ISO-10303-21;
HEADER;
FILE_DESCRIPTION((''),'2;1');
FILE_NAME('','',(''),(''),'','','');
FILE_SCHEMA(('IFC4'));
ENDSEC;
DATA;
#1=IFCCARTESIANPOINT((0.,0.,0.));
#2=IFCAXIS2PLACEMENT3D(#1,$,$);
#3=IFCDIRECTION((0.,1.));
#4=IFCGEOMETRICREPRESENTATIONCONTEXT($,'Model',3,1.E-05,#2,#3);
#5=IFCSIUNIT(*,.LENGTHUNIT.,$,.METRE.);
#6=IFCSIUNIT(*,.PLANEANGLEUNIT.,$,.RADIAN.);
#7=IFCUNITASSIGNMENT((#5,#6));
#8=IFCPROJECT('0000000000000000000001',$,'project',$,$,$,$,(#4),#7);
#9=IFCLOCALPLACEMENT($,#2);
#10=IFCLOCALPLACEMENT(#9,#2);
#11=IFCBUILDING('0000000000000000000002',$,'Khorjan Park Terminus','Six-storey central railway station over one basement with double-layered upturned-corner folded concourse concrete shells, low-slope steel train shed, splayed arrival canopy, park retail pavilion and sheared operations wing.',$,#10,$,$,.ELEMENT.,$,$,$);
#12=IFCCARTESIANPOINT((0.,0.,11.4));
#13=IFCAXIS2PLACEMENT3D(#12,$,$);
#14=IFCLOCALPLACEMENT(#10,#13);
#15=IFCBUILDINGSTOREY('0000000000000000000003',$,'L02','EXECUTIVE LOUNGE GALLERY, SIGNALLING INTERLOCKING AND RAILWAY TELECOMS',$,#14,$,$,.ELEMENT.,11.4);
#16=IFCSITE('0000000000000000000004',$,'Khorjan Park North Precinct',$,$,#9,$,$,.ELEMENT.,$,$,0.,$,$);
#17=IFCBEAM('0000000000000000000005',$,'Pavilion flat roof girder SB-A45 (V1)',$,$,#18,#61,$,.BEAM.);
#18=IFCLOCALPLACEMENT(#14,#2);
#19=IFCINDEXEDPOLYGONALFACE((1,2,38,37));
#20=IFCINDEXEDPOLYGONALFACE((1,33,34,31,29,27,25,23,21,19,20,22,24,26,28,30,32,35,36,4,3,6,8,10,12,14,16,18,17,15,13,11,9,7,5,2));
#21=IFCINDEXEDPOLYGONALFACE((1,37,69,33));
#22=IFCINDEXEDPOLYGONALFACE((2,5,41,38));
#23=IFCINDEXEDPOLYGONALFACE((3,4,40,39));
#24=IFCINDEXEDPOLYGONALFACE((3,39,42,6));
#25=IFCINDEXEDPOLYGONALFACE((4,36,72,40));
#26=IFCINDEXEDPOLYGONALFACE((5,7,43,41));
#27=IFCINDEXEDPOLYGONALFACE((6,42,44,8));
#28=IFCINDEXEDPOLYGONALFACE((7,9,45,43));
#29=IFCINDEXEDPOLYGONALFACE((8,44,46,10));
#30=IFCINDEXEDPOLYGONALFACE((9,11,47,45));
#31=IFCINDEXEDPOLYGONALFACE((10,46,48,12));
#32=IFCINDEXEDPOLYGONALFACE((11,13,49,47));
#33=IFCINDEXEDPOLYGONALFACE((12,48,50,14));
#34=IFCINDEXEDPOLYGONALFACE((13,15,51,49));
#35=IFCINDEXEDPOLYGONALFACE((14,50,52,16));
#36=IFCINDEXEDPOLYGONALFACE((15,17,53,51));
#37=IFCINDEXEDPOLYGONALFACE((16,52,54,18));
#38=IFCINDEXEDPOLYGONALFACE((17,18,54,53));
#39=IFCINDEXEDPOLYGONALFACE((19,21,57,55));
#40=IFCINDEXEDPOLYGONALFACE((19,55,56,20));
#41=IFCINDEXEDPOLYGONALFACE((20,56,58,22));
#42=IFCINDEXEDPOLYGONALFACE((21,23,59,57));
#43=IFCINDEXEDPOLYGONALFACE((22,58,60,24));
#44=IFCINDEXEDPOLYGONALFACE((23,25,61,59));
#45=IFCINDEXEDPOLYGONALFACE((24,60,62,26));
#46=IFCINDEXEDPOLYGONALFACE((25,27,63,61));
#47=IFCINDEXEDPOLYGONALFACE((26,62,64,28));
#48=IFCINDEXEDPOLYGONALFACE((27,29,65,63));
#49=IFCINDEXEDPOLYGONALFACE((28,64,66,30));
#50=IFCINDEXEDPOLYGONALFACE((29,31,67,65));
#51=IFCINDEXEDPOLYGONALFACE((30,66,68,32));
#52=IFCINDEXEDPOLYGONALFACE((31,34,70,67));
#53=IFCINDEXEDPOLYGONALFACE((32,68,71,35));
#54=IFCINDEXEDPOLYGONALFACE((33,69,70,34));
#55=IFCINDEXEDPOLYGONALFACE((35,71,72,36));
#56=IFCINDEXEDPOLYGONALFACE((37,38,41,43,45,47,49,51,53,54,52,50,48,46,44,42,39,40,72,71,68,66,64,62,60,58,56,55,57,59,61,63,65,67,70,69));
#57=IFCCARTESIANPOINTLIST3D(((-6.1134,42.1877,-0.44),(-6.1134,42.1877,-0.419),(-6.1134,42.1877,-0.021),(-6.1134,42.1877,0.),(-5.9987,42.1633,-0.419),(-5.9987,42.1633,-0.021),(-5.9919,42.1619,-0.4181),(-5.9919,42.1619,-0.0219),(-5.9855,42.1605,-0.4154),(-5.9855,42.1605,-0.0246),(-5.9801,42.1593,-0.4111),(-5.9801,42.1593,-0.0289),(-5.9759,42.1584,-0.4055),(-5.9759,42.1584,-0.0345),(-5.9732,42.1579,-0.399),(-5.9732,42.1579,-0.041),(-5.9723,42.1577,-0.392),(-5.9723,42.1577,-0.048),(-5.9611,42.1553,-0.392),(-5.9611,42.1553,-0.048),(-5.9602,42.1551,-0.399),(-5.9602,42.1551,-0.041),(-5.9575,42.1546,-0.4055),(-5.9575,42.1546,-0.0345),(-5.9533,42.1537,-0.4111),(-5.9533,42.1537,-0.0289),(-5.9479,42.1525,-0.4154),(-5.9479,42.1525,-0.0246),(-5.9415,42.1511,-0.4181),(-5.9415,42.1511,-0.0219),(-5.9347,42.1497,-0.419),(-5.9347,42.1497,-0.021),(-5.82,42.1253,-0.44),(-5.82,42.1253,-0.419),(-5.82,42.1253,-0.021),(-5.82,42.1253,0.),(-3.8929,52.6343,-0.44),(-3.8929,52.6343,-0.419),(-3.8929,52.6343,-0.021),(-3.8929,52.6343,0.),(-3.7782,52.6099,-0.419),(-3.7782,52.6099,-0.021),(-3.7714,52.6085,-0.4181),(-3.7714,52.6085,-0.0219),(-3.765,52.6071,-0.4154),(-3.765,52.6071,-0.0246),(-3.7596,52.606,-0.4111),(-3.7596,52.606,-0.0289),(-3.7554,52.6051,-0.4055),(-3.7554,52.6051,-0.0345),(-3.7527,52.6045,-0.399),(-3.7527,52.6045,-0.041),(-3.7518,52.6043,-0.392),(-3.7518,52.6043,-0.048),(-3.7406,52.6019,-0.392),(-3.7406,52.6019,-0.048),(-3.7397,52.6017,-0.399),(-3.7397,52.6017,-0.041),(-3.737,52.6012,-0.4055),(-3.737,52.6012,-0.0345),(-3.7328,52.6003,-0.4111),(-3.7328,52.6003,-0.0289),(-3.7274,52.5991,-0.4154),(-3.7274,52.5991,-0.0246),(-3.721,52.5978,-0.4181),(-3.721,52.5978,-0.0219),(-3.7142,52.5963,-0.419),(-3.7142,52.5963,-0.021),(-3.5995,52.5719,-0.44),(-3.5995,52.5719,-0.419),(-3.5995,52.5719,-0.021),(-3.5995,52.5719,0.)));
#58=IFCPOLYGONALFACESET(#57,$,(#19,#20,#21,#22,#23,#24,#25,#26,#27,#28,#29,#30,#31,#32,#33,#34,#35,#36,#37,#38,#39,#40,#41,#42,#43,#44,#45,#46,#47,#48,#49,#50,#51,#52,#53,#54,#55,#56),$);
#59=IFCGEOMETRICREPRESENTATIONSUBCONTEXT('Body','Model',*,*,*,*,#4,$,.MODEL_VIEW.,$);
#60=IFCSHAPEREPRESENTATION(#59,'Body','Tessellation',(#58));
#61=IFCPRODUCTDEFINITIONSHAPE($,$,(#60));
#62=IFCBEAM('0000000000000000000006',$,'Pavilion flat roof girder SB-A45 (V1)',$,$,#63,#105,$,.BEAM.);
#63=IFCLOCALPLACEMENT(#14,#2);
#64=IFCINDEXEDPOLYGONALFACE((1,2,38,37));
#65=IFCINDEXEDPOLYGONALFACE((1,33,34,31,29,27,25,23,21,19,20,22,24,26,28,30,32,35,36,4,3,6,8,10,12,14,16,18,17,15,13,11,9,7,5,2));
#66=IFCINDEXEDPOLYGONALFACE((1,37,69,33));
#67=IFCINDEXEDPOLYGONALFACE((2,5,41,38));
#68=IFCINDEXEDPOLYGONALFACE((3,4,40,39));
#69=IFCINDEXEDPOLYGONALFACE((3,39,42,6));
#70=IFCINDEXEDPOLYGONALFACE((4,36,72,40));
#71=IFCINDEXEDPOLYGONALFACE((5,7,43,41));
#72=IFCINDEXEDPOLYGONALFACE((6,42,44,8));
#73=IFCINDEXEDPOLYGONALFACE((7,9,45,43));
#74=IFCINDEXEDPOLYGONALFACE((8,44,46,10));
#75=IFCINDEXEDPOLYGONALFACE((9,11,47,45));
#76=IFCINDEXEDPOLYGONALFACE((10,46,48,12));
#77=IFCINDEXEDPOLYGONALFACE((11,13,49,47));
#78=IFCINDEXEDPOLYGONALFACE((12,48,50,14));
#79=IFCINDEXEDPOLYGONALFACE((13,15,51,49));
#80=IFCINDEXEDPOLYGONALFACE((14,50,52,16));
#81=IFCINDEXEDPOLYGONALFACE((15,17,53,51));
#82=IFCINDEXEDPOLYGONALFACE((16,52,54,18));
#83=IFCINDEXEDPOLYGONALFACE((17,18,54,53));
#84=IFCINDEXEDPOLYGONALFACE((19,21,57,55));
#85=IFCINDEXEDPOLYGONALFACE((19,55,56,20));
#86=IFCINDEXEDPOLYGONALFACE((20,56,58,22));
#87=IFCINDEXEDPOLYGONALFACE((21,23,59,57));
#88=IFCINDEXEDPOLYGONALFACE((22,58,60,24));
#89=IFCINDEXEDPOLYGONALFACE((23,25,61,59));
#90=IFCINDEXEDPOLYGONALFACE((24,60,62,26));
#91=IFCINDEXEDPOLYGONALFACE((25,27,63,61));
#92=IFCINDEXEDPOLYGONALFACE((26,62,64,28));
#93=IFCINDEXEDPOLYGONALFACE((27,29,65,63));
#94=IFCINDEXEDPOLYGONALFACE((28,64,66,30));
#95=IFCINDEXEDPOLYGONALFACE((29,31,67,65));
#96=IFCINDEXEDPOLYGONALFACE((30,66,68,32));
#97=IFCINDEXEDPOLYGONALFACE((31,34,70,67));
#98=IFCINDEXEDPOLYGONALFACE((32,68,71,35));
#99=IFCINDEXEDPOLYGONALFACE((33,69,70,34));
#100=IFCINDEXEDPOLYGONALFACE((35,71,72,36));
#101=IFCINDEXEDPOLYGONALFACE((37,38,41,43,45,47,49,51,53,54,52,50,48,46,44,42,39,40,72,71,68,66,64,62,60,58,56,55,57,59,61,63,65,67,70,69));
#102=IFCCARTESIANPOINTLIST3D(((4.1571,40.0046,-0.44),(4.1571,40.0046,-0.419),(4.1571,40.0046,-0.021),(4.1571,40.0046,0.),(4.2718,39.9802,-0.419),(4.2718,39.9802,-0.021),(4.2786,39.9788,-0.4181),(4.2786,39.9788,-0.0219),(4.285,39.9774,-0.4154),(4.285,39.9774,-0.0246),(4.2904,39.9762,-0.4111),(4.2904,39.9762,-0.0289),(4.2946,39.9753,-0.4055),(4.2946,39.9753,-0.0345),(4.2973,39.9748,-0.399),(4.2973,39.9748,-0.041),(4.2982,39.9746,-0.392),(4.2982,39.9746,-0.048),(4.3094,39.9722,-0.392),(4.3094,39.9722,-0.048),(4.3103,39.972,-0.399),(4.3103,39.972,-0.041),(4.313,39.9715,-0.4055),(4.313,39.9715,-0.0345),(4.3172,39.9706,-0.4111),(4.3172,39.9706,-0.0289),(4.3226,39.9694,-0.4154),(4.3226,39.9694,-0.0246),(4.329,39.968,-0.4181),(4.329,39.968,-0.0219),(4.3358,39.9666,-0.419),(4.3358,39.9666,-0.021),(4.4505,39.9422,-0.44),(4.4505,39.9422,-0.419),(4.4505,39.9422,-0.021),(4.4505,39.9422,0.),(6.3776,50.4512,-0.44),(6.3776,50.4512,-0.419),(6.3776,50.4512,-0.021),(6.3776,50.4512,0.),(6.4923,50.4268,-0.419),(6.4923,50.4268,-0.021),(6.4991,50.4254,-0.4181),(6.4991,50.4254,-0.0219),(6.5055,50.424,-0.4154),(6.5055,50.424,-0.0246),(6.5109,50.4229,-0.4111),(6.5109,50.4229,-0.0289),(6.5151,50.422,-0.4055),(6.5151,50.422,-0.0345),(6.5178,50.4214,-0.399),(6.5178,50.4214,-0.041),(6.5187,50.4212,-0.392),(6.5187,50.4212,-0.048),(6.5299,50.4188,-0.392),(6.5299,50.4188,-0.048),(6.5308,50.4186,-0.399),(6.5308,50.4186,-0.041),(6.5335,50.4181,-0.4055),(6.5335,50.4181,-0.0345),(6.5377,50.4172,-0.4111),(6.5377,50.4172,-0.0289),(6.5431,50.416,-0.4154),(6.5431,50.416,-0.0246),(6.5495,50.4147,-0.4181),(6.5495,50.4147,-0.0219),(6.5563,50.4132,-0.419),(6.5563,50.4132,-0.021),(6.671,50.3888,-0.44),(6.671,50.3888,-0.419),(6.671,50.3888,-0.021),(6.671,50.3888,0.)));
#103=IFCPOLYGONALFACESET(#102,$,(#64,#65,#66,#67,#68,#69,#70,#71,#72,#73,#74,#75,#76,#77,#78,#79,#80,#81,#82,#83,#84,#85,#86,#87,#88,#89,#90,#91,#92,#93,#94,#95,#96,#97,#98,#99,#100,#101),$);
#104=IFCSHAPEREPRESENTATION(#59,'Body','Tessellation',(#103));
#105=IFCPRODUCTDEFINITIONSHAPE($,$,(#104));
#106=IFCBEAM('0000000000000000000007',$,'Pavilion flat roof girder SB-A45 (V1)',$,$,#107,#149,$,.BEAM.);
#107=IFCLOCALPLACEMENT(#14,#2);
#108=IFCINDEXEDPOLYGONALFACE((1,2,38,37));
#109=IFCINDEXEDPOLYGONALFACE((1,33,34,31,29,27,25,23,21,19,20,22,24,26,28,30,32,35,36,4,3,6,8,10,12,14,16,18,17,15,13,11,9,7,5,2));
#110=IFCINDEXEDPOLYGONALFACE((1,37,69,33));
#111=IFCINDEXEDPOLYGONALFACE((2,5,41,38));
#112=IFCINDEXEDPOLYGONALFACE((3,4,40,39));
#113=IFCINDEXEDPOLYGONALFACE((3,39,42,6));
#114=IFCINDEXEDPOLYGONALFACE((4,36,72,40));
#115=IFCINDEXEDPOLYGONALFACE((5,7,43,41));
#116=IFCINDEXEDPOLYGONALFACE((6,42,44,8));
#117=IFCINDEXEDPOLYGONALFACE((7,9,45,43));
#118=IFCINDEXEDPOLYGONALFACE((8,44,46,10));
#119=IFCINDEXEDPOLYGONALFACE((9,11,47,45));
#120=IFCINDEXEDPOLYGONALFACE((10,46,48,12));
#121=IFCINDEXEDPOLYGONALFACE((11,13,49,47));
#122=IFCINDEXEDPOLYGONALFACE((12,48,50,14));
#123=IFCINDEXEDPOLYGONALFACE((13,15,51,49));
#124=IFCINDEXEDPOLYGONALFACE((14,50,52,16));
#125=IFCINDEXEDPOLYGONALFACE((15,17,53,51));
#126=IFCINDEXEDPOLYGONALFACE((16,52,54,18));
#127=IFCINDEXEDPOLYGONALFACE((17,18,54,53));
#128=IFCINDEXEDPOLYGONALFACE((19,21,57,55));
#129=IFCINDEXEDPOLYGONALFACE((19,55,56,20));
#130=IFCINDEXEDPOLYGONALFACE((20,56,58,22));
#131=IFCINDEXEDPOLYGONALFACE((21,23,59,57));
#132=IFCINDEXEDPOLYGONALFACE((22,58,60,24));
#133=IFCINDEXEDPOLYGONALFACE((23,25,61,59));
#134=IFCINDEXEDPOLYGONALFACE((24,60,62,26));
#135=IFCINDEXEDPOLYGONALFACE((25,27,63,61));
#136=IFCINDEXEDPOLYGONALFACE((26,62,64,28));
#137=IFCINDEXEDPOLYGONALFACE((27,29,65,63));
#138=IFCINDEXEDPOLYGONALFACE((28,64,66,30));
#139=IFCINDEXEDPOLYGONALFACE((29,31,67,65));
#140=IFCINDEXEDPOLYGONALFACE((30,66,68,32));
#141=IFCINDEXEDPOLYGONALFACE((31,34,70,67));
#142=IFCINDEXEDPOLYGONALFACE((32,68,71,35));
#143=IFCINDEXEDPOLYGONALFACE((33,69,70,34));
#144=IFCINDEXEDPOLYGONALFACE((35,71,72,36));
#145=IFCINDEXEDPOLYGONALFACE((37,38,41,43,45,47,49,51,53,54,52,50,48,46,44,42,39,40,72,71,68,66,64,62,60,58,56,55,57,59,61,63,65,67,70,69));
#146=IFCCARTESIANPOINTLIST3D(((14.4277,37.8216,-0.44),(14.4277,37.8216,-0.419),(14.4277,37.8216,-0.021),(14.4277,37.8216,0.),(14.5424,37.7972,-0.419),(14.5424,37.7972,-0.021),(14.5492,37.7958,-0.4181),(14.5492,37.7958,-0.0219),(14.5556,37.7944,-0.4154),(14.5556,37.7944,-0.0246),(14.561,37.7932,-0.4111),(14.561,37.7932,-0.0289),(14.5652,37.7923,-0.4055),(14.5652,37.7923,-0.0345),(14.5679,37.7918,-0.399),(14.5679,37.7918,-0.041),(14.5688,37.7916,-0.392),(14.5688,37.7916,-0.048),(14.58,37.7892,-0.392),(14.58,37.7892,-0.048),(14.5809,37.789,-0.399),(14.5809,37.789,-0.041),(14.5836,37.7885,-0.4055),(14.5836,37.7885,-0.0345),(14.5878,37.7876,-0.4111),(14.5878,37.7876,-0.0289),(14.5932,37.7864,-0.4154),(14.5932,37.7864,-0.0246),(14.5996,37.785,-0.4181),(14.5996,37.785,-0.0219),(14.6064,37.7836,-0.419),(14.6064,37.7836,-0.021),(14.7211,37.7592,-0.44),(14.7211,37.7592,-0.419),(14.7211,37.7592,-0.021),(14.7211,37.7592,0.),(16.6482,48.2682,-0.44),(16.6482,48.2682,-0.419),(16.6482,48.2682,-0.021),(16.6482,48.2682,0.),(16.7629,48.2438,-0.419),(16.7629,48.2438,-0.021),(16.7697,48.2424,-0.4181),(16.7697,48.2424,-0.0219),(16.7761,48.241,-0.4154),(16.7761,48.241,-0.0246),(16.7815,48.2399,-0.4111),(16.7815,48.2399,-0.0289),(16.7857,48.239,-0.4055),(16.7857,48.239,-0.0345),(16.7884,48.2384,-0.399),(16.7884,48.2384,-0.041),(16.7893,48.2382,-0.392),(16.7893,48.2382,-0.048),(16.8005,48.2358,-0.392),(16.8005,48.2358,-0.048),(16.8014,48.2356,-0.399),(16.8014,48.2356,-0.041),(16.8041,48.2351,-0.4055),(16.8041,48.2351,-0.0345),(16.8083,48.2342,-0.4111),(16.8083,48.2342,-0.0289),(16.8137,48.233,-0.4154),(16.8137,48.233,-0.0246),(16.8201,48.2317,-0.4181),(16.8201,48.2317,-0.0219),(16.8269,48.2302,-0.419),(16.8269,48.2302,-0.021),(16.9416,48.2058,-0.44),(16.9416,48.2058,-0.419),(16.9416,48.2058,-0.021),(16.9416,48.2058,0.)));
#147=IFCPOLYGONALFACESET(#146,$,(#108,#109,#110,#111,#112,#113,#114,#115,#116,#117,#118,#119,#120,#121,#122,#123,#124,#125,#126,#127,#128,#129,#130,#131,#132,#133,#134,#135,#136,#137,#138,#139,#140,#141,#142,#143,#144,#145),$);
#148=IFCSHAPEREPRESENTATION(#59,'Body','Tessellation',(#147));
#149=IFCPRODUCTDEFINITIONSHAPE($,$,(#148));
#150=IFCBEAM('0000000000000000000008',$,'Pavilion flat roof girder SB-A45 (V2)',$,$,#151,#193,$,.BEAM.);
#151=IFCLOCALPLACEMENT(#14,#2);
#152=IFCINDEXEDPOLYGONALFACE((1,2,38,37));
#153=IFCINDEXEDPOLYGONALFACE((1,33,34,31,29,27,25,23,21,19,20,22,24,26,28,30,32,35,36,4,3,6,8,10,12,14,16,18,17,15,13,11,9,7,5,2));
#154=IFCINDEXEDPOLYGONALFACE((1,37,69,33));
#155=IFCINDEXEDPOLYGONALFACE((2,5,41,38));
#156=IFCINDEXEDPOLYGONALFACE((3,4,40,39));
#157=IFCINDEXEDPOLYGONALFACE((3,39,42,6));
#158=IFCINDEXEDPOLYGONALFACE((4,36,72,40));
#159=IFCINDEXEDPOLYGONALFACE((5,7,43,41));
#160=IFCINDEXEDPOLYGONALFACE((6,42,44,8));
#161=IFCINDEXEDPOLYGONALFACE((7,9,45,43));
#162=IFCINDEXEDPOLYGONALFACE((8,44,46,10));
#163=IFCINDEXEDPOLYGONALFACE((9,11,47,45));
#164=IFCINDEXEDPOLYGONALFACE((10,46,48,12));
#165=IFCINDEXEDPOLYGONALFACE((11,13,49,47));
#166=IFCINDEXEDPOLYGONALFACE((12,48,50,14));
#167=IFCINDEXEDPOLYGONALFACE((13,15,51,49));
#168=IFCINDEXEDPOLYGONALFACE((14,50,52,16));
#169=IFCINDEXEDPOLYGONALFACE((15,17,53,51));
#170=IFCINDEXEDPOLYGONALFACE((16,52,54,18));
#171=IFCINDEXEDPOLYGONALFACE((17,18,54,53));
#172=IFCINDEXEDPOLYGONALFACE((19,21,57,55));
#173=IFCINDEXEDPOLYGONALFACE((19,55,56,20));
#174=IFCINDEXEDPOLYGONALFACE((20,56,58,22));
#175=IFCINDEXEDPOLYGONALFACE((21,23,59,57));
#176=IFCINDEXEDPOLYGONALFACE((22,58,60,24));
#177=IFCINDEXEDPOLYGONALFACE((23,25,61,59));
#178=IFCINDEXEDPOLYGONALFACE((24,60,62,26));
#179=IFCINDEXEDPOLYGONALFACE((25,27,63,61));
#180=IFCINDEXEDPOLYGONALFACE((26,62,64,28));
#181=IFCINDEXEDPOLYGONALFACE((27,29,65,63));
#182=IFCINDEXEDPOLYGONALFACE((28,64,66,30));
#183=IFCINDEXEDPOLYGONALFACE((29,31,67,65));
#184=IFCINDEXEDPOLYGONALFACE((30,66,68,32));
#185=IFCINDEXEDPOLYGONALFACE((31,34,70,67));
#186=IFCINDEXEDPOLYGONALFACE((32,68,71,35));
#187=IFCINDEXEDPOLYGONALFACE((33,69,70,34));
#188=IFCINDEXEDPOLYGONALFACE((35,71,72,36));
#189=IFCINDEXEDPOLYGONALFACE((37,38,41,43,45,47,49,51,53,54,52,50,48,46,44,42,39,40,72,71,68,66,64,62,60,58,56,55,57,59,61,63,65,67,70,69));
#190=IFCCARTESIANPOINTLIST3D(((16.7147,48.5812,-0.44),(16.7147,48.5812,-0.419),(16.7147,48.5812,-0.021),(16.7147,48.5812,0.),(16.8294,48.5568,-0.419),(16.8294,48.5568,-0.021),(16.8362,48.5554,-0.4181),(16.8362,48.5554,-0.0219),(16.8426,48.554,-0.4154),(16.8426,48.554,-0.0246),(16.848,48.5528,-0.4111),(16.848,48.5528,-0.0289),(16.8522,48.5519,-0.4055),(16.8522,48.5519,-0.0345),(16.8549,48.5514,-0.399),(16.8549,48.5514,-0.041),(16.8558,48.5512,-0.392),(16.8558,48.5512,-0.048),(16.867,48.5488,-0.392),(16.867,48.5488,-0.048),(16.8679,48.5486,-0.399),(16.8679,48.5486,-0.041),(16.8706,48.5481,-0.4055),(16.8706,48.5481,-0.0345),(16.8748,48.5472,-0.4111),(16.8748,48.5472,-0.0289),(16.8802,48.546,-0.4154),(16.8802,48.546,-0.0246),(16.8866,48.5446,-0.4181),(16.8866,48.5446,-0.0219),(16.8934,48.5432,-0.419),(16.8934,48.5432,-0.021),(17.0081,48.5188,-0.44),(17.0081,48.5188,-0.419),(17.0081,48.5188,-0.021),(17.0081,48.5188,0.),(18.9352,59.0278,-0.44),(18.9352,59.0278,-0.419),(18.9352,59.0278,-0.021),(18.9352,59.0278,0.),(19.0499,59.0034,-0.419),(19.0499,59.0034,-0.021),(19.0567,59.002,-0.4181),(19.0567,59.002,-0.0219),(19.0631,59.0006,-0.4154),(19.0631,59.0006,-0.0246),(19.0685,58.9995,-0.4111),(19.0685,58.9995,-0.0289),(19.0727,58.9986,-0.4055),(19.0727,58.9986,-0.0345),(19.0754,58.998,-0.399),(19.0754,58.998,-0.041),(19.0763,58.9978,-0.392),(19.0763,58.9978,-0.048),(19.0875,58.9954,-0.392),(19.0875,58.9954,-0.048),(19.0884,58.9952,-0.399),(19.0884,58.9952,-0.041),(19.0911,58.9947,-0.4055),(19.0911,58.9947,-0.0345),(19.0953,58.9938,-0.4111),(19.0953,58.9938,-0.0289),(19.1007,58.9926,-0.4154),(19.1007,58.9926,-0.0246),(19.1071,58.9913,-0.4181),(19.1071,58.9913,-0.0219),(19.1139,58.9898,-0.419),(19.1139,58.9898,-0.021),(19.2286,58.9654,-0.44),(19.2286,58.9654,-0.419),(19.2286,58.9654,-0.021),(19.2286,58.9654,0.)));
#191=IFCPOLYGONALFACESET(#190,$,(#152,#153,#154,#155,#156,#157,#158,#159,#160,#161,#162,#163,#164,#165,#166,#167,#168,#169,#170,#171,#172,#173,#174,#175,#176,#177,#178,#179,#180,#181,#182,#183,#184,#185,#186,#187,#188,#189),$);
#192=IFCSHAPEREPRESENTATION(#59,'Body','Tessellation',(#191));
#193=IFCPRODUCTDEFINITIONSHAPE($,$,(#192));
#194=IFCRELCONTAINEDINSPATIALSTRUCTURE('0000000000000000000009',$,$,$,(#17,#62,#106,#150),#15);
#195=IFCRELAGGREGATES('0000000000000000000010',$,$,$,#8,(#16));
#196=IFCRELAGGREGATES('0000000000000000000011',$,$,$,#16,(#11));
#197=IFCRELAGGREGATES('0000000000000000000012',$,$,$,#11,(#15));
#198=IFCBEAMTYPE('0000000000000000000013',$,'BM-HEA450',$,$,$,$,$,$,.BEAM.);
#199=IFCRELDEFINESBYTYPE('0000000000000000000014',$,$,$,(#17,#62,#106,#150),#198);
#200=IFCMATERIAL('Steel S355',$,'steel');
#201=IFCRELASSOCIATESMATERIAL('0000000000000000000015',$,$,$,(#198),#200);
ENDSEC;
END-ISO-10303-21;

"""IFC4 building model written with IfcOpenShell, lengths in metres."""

from ifc_helpers import new_model, si_unit, direction, frame, origin, origin_2d, place, context, subcontext, project, spatial, i_section, extrude, material, material_profile, profile_set, type_object, element, save


model = new_model("IFC4")

# Units and contexts
model_context = context("Model", 3, precision=1e-05, world=origin(), true_north=direction((0.0, 1.0)))
body_context = subcontext(model_context, "Body", "Model", "MODEL_VIEW")
ifc_project = project(units=[si_unit("LENGTHUNIT", "METRE"), si_unit("PLANEANGLEUNIT", "RADIAN")], contexts=[model_context])

# Site, building, storey
site_placement = place(None, origin())
site = spatial("IfcSite", under=ifc_project, at=site_placement, Name="Khorjan Park North Precinct", CompositionType="ELEMENT", RefElevation=0.0)
building_placement = place(site_placement, origin())
building = spatial("IfcBuilding", under=site, at=building_placement, Name="Khorjan Park Terminus", Description="Six-storey central railway station over one basement with double-layered upturned-corner folded concourse concrete shells, low-slope steel train shed, splayed arrival canopy, park retail pavilion and sheared operations wing.", CompositionType="ELEMENT")
storey_placement = place(building_placement, frame((0.0, 0.0, 11.4)))
storey = spatial("IfcBuildingStorey", under=building, at=storey_placement, Name="L02", Description="EXECUTIVE LOUNGE GALLERY, SIGNALLING INTERLOCKING AND RAILWAY TELECOMS", CompositionType="ELEMENT", Elevation=11.4)

# Beams
ifc_material_1 = material(Name="Steel S355", Category="steel")
ifc_material_profile_1 = material_profile(ifc_material_1, i_section(OverallWidth=0.3, OverallDepth=0.44, WebThickness=0.0115, FlangeThickness=0.021, FilletRadius=0.027, at=origin_2d()), Name="HEA 450")
ifc_profile_set_1 = profile_set([ifc_material_profile_1], Name="Steel S355")
beam_type_1 = type_object("IfcBeamType", Name="BM-HEA450", PredefinedType="BEAM", material=ifc_profile_set_1)
for number, where, z_axis, x_axis, name in (
    (1, (-5.9667, 42.1565, -0.22), (0.207912, 0.978147, 0.0), (-0.978147, 0.207912, 0.0), "Pavilion flat roof girder SB-A45 (V1)"),
    (2, (4.3038, 39.9734, -0.22), (0.207912, 0.978147, 0.0), (-0.978147, 0.207912, 0.0), "Pavilion flat roof girder SB-A45 (V1)"),
    (3, (14.5744, 37.7904, -0.22), (0.207912, 0.978147, 0.0), (-0.978147, 0.207912, 0.0), "Pavilion flat roof girder SB-A45 (V1)"),
    (4, (16.8614, 48.55, -0.22), (0.207912, 0.978147, 0.0), (-0.978147, 0.207912, 0.0), "Pavilion flat roof girder SB-A45 (V2)"),
):
    element("IfcBeam", number, at=place(storey_placement, frame(where, z_axis=z_axis, x_axis=x_axis)), inside=storey, type_object=beam_type_1, Name=name, PredefinedType="BEAM", context=body_context, shape_type="SweptSolid", body=[
        extrude(i_section(OverallWidth=0.3, OverallDepth=0.44, WebThickness=0.0115, FlangeThickness=0.021, FilletRadius=0.027, at=origin_2d()), origin(), (0.0, 0.0, 1.0), 10.68),
    ])

save(model, "model.ifc")
